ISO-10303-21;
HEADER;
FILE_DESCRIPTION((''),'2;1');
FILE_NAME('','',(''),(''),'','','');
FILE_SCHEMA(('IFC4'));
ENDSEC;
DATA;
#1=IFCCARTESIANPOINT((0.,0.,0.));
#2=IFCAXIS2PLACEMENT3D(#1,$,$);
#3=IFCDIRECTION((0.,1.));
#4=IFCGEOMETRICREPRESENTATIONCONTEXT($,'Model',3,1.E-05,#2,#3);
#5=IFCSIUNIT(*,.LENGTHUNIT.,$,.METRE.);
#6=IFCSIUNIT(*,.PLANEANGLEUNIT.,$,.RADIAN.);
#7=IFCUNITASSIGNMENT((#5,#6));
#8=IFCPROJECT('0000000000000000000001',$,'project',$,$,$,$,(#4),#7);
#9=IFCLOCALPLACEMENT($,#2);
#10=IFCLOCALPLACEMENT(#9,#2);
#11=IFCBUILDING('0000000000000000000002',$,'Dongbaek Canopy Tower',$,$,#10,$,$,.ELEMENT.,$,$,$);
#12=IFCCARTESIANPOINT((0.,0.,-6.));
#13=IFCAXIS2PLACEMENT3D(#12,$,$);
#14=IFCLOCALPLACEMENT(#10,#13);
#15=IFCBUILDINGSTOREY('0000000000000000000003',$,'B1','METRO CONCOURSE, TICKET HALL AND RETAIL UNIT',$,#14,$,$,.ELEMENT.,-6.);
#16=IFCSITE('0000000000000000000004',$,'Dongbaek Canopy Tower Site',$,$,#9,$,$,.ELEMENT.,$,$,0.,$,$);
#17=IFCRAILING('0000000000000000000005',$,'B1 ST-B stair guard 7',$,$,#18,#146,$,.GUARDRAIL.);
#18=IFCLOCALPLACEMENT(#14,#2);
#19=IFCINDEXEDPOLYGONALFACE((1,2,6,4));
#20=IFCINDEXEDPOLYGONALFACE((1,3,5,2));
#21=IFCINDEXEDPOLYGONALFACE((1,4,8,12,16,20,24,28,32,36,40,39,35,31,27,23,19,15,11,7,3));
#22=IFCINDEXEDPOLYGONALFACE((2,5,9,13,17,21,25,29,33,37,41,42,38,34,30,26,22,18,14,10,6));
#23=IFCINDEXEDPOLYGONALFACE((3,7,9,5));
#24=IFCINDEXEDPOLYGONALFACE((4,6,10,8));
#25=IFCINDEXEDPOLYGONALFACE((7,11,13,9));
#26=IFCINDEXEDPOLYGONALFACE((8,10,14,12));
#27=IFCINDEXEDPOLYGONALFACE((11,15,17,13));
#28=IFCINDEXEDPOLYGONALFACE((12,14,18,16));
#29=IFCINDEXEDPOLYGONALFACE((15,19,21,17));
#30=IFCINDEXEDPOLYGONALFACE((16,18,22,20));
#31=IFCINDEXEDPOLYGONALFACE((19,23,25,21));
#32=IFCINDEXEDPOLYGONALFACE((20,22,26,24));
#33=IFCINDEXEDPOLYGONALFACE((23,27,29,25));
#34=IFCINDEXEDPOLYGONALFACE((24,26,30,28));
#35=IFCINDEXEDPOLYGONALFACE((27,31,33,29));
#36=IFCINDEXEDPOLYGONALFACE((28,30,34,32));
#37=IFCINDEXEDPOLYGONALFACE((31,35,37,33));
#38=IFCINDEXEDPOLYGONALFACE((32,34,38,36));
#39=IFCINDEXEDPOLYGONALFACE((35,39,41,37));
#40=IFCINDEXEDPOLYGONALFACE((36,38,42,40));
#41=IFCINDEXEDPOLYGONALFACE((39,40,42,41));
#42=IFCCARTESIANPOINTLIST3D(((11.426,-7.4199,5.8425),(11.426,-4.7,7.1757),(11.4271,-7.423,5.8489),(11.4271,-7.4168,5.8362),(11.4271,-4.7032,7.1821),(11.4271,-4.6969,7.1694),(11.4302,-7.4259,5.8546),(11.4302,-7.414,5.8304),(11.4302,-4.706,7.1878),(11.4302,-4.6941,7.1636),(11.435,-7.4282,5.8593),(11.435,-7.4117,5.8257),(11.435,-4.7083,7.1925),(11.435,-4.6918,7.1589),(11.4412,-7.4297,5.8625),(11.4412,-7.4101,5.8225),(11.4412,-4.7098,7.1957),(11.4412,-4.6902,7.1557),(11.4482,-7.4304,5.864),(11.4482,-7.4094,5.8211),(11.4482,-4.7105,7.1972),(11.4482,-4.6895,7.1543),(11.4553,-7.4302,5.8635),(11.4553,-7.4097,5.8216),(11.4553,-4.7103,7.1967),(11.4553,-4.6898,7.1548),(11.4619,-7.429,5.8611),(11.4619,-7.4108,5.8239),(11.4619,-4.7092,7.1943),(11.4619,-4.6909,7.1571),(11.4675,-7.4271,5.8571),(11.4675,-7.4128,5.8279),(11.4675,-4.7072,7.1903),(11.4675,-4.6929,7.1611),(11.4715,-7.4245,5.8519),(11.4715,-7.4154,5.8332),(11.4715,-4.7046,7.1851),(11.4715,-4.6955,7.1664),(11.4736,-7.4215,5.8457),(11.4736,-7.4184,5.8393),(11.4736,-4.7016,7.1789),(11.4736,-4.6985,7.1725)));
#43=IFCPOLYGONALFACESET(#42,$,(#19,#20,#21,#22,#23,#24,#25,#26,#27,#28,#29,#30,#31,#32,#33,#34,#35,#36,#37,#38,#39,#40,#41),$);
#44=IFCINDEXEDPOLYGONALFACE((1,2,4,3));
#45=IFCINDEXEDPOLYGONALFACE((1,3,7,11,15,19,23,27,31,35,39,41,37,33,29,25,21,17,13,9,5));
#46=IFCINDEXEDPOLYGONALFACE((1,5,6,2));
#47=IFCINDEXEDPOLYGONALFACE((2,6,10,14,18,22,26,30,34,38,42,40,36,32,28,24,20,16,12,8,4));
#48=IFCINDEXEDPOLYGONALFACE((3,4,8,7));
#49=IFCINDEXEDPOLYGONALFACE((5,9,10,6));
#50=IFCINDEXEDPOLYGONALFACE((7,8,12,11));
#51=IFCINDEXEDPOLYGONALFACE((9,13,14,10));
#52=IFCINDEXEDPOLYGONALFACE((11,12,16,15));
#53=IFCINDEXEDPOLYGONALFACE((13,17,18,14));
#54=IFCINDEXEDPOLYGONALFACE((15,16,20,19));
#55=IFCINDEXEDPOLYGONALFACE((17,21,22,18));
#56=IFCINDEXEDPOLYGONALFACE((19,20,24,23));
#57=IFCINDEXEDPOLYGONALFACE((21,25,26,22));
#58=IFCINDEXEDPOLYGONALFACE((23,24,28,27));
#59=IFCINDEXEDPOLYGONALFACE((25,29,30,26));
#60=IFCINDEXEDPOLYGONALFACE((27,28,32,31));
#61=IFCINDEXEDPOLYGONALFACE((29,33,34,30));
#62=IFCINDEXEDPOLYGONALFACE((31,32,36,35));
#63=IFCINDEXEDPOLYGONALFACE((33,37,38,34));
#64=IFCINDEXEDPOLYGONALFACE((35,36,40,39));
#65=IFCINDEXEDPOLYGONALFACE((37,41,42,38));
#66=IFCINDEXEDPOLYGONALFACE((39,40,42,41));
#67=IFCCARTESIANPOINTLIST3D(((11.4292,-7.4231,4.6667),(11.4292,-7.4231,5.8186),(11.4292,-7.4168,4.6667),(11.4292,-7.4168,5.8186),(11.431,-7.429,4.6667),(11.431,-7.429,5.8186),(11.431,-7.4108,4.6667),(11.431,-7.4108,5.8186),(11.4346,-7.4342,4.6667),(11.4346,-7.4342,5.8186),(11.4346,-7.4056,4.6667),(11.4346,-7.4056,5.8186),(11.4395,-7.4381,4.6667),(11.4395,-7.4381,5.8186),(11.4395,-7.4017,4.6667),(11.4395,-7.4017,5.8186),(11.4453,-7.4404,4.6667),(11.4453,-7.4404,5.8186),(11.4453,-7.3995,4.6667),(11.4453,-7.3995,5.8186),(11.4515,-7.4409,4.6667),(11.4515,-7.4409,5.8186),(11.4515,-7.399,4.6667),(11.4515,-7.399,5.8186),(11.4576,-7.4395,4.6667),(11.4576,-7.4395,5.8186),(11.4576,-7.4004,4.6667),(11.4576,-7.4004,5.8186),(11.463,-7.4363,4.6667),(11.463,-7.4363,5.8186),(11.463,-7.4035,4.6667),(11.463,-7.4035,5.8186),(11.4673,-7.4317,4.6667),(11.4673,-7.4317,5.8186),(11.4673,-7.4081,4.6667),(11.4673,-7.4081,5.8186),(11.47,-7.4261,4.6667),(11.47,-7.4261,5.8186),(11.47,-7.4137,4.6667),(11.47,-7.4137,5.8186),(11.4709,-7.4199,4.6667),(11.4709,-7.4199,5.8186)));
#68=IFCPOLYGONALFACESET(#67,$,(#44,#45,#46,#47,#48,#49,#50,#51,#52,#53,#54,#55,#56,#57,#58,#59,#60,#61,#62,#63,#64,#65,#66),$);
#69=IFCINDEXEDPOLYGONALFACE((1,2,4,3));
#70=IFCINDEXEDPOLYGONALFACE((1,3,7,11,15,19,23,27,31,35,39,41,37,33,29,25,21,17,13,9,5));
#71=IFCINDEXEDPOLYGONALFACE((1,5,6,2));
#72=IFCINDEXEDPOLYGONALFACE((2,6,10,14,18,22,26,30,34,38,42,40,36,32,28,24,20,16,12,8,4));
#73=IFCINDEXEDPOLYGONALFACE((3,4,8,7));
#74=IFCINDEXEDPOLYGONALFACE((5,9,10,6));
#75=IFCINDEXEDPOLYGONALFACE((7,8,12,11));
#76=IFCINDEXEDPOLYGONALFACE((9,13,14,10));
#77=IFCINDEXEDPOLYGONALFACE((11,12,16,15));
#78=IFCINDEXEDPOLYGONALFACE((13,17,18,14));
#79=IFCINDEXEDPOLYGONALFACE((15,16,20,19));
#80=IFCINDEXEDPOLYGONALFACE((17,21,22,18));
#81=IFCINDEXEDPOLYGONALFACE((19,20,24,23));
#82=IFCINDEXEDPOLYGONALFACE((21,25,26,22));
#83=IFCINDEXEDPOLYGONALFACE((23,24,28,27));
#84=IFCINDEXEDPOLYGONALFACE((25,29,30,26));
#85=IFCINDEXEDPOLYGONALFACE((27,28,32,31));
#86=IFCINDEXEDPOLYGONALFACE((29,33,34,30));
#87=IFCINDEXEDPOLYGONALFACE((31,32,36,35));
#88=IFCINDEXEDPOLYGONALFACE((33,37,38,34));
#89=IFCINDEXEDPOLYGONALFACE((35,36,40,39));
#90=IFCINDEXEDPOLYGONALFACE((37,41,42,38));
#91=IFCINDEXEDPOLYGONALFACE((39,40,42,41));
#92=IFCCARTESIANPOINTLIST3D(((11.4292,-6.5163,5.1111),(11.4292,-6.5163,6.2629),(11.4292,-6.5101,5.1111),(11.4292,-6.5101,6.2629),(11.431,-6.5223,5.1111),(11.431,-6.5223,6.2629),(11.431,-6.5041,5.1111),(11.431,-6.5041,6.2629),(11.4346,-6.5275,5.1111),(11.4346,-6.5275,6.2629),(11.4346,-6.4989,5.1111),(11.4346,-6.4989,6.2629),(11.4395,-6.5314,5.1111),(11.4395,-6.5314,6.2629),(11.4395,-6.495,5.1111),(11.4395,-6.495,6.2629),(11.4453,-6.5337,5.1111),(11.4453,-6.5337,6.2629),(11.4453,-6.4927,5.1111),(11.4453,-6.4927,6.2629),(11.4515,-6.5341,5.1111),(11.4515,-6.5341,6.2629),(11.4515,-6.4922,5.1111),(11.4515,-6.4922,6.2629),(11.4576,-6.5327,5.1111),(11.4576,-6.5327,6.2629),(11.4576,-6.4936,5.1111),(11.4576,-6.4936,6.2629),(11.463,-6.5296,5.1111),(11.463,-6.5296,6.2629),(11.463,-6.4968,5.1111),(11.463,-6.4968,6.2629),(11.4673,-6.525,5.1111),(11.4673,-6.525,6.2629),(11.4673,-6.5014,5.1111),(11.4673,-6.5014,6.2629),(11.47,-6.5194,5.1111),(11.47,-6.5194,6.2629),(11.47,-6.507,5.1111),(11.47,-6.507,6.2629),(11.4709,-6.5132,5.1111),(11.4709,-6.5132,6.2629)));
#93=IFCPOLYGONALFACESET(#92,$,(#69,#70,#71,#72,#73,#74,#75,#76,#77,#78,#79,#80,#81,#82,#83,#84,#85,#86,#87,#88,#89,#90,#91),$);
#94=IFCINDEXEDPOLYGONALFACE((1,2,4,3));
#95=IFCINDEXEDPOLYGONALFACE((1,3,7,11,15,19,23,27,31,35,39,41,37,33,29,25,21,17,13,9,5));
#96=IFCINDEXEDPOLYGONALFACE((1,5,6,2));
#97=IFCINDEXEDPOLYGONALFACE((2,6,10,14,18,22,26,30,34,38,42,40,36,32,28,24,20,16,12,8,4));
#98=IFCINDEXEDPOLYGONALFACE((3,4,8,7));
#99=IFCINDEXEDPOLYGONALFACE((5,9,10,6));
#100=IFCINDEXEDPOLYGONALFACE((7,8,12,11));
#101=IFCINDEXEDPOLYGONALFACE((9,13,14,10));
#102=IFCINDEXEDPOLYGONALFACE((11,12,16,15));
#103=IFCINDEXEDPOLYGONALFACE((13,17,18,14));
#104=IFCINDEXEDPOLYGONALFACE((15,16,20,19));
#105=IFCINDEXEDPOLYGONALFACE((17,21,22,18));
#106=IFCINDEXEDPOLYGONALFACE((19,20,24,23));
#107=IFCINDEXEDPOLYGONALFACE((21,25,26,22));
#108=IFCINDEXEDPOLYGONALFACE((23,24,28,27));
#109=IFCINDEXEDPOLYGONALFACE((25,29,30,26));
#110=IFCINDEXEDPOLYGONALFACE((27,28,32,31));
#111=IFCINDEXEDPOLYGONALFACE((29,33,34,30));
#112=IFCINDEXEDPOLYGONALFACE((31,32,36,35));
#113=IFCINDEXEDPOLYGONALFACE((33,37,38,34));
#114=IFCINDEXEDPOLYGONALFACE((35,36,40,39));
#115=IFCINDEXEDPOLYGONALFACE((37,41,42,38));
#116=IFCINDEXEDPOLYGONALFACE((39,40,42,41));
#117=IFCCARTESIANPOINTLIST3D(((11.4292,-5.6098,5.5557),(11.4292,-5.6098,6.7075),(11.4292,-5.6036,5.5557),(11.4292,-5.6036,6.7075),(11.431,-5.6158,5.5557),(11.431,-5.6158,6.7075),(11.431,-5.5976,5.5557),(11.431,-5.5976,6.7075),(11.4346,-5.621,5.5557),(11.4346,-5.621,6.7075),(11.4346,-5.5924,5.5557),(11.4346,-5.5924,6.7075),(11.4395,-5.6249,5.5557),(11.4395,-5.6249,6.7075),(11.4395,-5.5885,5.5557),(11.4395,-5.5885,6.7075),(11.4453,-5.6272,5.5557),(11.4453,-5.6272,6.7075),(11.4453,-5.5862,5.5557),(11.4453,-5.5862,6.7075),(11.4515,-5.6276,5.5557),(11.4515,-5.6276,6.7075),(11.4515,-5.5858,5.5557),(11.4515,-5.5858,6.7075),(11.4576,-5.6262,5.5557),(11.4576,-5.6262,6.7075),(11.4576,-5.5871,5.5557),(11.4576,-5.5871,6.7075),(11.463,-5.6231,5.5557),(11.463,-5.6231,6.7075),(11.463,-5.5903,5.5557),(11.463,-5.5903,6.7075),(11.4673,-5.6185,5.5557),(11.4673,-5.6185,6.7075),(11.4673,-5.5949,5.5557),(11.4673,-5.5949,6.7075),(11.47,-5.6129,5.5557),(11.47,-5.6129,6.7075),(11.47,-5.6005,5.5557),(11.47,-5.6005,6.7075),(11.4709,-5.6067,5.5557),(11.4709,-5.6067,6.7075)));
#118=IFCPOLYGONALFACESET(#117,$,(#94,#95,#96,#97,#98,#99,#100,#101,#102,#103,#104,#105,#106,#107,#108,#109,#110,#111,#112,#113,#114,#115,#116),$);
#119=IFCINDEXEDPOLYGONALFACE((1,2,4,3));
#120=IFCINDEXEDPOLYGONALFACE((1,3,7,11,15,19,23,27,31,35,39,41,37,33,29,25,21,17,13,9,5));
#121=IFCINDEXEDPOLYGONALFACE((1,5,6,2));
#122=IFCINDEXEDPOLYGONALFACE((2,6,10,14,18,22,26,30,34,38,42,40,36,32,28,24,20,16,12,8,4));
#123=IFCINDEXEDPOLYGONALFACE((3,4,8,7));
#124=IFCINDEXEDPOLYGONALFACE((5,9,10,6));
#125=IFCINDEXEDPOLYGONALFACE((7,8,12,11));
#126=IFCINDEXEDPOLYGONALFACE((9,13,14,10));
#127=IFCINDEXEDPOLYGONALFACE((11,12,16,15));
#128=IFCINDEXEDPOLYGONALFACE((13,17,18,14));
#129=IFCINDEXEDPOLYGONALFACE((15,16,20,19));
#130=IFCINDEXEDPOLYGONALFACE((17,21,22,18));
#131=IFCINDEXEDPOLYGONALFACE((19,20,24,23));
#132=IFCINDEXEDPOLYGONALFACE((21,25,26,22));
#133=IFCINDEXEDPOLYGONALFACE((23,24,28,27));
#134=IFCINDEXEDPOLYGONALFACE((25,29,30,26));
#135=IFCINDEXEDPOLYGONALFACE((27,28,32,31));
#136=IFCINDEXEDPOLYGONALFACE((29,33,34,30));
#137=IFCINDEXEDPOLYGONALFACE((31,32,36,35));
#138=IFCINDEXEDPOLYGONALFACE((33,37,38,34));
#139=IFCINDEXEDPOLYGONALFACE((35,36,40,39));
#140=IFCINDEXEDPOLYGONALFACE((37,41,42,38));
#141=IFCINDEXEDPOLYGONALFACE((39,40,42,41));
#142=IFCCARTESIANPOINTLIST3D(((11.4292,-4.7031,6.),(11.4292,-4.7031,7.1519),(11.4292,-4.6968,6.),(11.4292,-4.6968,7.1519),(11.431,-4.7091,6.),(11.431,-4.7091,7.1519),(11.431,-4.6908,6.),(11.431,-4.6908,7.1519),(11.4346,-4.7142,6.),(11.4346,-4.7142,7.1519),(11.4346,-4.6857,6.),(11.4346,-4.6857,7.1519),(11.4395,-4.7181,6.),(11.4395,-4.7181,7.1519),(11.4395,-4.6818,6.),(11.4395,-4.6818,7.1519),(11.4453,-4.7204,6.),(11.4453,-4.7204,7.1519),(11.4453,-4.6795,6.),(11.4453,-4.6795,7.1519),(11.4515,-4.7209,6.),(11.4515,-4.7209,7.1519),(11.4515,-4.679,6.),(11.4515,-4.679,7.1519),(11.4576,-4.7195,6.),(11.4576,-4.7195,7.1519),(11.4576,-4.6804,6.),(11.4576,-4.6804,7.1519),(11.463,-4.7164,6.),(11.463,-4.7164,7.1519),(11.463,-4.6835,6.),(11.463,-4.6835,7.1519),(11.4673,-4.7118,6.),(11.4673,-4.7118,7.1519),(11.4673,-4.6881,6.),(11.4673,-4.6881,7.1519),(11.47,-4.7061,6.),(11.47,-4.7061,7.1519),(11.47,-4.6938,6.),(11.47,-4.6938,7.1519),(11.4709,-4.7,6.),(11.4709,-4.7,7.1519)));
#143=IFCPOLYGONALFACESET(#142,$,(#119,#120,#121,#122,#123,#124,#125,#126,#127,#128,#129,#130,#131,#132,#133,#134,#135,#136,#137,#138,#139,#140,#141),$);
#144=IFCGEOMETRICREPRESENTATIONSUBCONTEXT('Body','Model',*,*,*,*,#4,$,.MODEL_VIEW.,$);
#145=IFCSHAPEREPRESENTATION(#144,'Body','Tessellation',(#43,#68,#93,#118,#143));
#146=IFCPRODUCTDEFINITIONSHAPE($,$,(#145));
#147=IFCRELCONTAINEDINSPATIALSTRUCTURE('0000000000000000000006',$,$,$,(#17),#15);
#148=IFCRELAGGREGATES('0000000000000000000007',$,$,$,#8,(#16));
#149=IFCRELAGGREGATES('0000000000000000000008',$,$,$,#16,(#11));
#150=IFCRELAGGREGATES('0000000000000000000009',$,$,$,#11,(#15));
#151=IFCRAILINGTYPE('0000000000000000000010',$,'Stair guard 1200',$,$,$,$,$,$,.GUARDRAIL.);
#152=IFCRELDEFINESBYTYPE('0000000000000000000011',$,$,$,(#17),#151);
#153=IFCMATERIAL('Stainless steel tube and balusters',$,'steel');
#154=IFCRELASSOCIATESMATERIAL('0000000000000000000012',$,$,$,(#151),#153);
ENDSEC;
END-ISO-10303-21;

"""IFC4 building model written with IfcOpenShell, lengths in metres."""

from ifc_helpers import new_model, si_unit, direction, frame, origin, origin_2d, place, context, subcontext, project, spatial, circle, extrude, material, type_object, element, save


model = new_model("IFC4")

# Units and contexts
model_context = context("Model", 3, precision=1e-05, world=origin(), true_north=direction((0.0, 1.0)))
body_context = subcontext(model_context, "Body", "Model", "MODEL_VIEW")
ifc_project = project(units=[si_unit("LENGTHUNIT", "METRE"), si_unit("PLANEANGLEUNIT", "RADIAN")], contexts=[model_context])

# Site, building, storey
site_placement = place(None, origin())
site = spatial("IfcSite", under=ifc_project, at=site_placement, Name="Dongbaek Canopy Tower Site", CompositionType="ELEMENT", RefElevation=0.0)
building_placement = place(site_placement, origin())
building = spatial("IfcBuilding", under=site, at=building_placement, Name="Dongbaek Canopy Tower", CompositionType="ELEMENT")
storey_placement = place(building_placement, frame((0.0, 0.0, -6.0)))
storey = spatial("IfcBuildingStorey", under=building, at=storey_placement, Name="B1", Description="METRO CONCOURSE, TICKET HALL AND RETAIL UNIT", CompositionType="ELEMENT", Elevation=-6.0)

# Railing
ifc_material_1 = material(Name="Stainless steel tube and balusters", Category="steel")
railing_type_1 = type_object("IfcRailingType", Name="Stair guard 1200", PredefinedType="GUARDRAIL", material=ifc_material_1)
for number, where, name in (
    (1, (11.45, -7.4199, 4.6667), "B1 ST-B stair guard 7"),
):
    element("IfcRailing", number, at=place(storey_placement, frame(where)), inside=storey, type_object=railing_type_1, Name=name, PredefinedType="GUARDRAIL", context=body_context, shape_type="SweptSolid", body=[
        extrude(circle(Radius=0.0239, at=origin_2d()), frame((0.0, 0.0, 1.1758), z_axis=(0.0, 0.897929, 0.440139), x_axis=(-1.0, 0.0, 0.0)), (0.0, 0.0, 1.0), 3.0291),
        extrude(circle(Radius=0.021, at=origin_2d()), origin(), (0.0, 0.0, 1.0), 1.1519),
        extrude(circle(Radius=0.021, at=origin_2d()), frame((0.0, 0.9067, 0.4443)), (0.0, 0.0, 1.0), 1.1519),
        extrude(circle(Radius=0.021, at=origin_2d()), frame((0.0, 1.8132, 0.8889)), (0.0, 0.0, 1.0), 1.1519),
        extrude(circle(Radius=0.021, at=origin_2d()), frame((0.0, 2.72, 1.3333)), (0.0, 0.0, 1.0), 1.1519),
    ])

save(model, "model.ifc")
